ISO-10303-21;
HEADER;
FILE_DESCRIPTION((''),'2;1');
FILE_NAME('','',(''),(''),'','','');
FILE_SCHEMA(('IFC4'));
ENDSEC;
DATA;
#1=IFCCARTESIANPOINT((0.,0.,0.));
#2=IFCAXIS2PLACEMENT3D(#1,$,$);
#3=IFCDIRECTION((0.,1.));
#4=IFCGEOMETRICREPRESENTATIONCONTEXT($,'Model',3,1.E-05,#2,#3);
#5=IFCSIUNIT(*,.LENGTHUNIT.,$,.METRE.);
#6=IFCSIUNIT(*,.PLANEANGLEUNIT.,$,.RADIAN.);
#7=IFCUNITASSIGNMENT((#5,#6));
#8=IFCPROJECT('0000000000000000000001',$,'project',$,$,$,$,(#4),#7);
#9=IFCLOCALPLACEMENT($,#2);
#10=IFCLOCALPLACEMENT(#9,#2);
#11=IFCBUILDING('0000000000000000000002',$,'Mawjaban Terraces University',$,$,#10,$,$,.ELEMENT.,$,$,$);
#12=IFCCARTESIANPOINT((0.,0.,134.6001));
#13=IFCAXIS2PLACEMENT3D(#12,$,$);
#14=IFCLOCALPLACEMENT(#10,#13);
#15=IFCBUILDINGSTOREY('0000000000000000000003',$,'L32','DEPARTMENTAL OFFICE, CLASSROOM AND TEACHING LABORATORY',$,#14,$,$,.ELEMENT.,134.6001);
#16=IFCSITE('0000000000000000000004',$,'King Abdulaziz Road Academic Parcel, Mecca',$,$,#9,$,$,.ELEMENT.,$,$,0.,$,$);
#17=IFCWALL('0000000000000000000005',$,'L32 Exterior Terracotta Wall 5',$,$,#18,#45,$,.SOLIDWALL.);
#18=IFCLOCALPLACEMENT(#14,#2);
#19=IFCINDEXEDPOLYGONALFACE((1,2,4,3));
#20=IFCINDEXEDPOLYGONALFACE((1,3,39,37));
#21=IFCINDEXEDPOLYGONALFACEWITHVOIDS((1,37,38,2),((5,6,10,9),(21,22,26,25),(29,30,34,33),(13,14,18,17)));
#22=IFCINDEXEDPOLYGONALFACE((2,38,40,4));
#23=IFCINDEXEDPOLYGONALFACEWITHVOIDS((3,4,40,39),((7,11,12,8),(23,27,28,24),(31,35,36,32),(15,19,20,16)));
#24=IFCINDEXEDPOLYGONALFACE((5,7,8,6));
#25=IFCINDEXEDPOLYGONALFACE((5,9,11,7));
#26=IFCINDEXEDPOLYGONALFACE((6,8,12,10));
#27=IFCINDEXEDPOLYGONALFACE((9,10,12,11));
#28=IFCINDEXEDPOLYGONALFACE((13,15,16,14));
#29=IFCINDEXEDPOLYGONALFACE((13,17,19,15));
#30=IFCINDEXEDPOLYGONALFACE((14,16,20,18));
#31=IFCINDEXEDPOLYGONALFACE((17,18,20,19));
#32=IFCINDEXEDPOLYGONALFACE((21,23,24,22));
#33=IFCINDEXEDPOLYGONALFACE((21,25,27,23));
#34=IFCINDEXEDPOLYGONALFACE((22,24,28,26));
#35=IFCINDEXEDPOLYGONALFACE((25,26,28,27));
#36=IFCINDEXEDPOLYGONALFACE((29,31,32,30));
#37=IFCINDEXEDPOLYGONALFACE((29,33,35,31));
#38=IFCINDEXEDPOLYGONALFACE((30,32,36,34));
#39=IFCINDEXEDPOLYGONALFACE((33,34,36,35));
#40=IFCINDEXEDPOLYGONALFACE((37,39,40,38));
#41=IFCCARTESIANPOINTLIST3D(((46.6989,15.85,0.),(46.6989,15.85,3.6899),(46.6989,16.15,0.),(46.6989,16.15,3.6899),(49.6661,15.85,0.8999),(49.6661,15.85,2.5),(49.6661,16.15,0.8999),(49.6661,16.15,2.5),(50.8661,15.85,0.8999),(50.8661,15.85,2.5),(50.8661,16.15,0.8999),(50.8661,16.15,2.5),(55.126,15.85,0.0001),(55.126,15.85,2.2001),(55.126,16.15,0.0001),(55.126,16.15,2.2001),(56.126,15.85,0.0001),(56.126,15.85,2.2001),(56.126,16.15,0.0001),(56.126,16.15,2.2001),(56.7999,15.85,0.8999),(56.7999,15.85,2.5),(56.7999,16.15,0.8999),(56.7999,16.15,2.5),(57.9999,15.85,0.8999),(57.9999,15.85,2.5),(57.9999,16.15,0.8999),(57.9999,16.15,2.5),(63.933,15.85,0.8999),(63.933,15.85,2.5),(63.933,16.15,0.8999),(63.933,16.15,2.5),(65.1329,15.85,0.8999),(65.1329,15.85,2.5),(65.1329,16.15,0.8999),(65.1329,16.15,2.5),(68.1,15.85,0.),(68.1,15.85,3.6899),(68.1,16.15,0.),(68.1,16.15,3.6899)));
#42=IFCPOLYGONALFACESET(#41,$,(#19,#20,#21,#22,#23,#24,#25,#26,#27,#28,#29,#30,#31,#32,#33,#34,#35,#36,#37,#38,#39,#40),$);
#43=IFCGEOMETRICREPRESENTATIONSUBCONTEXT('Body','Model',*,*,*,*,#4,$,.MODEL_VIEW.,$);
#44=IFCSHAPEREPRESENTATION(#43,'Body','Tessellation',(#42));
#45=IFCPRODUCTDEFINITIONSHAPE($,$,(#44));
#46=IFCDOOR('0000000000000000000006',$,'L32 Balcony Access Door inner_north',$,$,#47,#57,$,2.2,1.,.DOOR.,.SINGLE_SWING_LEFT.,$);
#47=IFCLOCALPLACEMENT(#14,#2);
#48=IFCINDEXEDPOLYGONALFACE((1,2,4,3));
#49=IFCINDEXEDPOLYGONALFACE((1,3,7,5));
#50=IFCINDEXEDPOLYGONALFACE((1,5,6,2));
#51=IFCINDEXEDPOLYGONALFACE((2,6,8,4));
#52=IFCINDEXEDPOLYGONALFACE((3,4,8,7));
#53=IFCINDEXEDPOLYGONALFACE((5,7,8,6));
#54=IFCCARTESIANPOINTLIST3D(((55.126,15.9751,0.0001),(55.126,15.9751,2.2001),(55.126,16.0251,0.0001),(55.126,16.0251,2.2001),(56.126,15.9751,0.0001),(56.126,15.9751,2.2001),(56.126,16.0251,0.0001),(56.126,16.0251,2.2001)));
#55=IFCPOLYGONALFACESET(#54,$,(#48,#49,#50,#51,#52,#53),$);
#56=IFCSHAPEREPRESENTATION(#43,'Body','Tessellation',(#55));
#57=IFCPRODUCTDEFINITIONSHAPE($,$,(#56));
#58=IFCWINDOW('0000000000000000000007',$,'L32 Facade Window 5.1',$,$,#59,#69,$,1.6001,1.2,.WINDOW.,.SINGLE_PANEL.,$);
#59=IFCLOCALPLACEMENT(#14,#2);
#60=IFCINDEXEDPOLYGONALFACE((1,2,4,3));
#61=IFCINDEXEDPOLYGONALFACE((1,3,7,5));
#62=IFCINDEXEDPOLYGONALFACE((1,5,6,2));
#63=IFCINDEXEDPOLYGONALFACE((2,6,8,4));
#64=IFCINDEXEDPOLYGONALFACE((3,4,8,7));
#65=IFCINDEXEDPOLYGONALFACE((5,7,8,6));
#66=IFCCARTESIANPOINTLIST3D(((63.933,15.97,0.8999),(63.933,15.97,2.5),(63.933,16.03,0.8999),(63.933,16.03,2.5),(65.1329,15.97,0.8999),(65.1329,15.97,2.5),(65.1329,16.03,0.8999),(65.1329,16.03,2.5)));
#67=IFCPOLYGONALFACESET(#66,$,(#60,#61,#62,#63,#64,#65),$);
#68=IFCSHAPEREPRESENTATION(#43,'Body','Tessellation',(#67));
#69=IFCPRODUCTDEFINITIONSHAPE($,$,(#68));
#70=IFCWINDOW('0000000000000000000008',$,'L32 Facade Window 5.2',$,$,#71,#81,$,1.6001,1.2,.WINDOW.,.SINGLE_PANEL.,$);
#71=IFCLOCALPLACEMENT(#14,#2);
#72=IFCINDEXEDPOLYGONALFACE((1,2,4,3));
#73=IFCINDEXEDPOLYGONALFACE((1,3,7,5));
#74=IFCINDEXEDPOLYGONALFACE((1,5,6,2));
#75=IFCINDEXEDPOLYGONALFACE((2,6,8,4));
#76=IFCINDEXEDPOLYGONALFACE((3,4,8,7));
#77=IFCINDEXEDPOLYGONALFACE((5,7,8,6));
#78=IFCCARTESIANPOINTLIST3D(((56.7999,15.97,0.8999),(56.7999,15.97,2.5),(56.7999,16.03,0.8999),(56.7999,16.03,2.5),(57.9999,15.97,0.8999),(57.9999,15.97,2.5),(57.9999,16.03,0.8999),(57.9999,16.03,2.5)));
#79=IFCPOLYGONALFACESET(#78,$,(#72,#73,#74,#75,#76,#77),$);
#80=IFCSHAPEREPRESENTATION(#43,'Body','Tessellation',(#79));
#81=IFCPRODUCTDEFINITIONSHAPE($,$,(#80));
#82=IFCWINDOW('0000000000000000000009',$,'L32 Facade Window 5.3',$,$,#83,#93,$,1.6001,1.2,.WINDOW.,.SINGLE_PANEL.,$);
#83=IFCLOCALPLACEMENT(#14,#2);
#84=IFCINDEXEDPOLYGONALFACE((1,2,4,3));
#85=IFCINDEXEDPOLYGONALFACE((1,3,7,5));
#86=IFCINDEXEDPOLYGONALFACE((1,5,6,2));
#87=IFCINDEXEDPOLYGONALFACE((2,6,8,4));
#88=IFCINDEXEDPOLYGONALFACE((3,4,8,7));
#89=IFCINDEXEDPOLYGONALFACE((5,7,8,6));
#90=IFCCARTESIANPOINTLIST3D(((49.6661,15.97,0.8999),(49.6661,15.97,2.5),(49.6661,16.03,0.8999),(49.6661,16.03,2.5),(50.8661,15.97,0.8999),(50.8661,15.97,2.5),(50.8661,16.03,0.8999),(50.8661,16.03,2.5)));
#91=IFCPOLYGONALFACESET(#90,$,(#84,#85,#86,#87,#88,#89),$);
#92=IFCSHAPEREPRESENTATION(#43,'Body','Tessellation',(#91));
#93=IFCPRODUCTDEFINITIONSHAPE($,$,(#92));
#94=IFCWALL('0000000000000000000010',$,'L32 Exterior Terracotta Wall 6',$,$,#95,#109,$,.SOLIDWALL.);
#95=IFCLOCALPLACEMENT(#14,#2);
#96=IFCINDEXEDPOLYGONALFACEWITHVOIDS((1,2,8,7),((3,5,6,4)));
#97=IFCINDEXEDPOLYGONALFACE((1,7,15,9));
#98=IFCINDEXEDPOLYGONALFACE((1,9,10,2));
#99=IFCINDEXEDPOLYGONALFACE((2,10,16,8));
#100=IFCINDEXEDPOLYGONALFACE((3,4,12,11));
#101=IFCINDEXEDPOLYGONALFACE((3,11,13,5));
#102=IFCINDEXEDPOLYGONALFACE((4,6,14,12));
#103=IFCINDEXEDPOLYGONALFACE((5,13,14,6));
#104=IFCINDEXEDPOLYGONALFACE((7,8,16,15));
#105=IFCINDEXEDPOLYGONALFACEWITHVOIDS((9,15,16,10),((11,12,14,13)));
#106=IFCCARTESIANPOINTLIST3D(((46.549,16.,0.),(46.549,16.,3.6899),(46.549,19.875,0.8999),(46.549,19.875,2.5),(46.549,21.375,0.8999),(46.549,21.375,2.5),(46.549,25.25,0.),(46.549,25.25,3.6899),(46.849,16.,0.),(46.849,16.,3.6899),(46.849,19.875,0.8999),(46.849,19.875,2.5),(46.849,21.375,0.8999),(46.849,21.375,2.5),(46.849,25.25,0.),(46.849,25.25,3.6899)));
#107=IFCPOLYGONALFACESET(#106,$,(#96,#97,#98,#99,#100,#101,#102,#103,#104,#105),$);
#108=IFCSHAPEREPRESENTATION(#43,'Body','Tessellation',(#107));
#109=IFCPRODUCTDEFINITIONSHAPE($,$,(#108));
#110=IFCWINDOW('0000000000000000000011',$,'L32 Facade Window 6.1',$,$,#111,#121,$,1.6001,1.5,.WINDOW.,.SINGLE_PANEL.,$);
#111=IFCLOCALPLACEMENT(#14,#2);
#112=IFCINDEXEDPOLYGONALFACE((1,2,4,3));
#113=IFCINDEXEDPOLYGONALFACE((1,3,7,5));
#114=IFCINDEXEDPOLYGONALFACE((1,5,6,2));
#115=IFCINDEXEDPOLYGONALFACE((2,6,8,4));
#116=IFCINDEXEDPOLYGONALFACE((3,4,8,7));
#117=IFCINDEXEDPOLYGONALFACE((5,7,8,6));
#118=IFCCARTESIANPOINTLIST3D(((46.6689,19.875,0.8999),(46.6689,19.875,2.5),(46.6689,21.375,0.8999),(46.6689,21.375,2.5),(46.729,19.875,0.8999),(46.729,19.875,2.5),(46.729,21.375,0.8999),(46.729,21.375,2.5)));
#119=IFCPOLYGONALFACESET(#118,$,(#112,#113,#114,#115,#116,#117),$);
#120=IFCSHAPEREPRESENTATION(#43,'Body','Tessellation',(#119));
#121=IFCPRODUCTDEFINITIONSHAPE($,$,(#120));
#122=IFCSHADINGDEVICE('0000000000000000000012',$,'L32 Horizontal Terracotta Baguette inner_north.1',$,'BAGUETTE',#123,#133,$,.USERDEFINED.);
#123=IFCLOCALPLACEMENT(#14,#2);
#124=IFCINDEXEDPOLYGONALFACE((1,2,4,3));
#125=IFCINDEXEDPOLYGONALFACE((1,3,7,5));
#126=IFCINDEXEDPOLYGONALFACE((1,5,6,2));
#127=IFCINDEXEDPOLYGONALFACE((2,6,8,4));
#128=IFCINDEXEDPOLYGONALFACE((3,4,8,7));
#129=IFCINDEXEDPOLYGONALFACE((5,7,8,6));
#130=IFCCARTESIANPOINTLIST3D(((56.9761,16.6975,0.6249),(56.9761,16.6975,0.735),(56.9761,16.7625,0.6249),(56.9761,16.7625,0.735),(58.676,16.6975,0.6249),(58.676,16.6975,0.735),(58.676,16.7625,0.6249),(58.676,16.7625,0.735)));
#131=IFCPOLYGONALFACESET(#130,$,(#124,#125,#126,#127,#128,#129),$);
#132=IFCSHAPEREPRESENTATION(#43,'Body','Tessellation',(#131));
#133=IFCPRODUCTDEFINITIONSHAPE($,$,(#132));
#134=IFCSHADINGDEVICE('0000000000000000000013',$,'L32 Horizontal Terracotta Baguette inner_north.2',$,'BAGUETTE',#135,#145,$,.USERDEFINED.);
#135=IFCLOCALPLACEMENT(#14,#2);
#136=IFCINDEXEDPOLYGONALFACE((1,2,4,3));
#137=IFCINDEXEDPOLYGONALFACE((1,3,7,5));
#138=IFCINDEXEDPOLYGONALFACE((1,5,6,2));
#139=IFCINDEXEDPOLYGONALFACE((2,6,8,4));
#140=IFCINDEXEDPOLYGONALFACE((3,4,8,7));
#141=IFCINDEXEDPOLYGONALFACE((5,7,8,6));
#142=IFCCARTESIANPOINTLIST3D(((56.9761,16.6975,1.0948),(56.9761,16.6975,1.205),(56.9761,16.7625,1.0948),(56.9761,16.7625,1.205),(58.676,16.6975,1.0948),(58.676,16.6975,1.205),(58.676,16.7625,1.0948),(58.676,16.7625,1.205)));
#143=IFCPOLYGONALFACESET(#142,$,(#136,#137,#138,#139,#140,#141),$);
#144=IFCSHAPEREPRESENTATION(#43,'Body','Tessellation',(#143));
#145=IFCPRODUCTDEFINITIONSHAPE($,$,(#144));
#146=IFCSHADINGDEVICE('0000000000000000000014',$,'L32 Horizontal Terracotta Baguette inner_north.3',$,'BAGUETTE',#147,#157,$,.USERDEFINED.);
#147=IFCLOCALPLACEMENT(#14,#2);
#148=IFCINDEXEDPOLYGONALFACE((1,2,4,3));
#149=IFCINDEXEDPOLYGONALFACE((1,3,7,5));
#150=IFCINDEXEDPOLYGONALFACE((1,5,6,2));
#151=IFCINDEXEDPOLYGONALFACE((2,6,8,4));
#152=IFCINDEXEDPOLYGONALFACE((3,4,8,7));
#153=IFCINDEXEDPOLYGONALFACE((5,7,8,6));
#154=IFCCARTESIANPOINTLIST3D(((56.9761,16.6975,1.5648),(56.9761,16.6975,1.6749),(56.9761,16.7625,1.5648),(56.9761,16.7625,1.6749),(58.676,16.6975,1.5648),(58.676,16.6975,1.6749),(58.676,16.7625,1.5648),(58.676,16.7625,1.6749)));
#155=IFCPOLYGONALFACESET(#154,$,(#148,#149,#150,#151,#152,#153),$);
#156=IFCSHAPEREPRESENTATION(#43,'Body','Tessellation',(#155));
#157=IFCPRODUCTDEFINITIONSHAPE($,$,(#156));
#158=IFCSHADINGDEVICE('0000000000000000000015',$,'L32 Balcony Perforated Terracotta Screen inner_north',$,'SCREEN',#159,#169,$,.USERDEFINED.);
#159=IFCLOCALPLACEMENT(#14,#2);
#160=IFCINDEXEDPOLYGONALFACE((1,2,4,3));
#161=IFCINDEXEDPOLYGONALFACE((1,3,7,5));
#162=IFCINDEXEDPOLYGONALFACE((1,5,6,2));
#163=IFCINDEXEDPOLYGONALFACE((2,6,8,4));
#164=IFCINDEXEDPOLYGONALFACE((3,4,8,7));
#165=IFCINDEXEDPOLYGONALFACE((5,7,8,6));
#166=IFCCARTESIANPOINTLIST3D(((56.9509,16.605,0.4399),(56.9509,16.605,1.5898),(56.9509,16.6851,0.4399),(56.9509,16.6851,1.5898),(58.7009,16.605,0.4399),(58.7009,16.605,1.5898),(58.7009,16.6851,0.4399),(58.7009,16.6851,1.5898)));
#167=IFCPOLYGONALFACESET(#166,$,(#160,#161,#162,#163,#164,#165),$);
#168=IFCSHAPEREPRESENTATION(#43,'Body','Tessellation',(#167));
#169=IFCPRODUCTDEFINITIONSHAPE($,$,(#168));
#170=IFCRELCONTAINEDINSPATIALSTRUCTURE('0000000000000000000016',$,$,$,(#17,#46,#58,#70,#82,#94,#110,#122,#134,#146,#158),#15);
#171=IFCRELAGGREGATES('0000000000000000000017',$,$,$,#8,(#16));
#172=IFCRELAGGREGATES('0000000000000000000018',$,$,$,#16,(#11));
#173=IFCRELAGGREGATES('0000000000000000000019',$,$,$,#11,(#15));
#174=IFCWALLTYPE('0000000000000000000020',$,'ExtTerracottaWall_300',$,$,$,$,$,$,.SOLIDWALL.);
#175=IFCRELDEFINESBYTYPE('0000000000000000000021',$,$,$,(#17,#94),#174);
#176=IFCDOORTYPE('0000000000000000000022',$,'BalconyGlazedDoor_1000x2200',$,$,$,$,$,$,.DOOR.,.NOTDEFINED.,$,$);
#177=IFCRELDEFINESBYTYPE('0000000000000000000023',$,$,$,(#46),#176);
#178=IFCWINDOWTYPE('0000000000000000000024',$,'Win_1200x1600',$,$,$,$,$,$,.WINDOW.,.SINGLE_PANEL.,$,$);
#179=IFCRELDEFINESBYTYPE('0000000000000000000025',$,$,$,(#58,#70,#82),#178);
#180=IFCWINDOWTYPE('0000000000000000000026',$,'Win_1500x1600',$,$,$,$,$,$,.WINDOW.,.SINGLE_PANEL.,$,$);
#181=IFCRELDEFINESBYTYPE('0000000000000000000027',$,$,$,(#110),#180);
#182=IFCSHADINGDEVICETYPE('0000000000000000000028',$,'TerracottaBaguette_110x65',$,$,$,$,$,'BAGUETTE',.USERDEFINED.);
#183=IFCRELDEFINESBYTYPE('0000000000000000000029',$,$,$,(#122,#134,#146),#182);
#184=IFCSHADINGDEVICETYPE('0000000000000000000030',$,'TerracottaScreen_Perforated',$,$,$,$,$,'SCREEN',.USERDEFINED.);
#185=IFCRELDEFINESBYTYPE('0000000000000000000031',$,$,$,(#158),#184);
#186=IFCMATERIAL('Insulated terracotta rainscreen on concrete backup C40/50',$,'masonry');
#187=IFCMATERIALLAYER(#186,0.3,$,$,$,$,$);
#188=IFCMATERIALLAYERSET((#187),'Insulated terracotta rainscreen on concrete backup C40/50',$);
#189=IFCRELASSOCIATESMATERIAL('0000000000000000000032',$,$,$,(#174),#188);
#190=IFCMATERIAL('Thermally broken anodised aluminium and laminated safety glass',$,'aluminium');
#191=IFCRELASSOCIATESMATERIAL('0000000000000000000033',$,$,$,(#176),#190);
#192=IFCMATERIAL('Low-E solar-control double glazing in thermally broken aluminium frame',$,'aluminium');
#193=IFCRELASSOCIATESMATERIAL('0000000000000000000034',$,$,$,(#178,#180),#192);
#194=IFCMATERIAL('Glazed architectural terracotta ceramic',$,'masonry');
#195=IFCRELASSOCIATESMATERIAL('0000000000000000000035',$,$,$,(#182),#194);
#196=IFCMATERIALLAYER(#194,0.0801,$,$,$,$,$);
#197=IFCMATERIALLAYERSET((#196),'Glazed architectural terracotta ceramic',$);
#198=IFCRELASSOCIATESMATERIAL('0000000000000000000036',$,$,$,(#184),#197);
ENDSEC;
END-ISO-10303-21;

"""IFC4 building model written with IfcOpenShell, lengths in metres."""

from ifc_helpers import new_model, si_unit, direction, frame, frame_2d, origin, origin_2d, place, context, subcontext, project, spatial, rectangle, extrude, material, layer, layer_set, material_profile, profile_set, type_object, element, fill, save


model = new_model("IFC4")

# Units and contexts
model_context = context("Model", 3, precision=1e-05, world=origin(), true_north=direction((0.0, 1.0)))
body_context = subcontext(model_context, "Body", "Model", "MODEL_VIEW")
ifc_project = project(units=[si_unit("LENGTHUNIT", "METRE"), si_unit("PLANEANGLEUNIT", "RADIAN")], contexts=[model_context])

# Site, building, storey
site_placement = place(None, origin())
site = spatial("IfcSite", under=ifc_project, at=site_placement, Name="King Abdulaziz Road Academic Parcel, Mecca", CompositionType="ELEMENT", RefElevation=0.0)
building_placement = place(site_placement, origin())
building = spatial("IfcBuilding", under=site, at=building_placement, Name="Mawjaban Terraces University", CompositionType="ELEMENT")
storey_placement = place(building_placement, frame((0.0, 0.0, 134.6001)))
storey = spatial("IfcBuildingStorey", under=building, at=storey_placement, Name="L32", Description="DEPARTMENTAL OFFICE, CLASSROOM AND TEACHING LABORATORY", CompositionType="ELEMENT", Elevation=134.6001)

# Wall, openings, door, windows
ifc_material_1 = material(Name="Insulated terracotta rainscreen on concrete backup C40/50", Category="masonry")
ifc_layer_1 = layer(ifc_material_1, 0.3)
ifc_layer_set_1 = layer_set([ifc_layer_1], Name="Insulated terracotta rainscreen on concrete backup C40/50")
wall_type = type_object("IfcWallType", Name="ExtTerracottaWall_300", PredefinedType="SOLIDWALL", material=ifc_layer_set_1)
wall_1_placement = place(storey_placement, frame((68.1001, 16.0, 0.0), z_axis=(0.0, 0.0, 1.0), x_axis=(-1.0, 0.0, 0.0)))
wall_1 = element("IfcWall", 1, at=wall_1_placement, inside=storey, type_object=wall_type, Name="L32 Exterior Terracotta Wall 5", PredefinedType="SOLIDWALL", context=body_context, shape_type="SweptSolid", body=[
    extrude(rectangle(XDim=21.4011, YDim=0.3, at=frame_2d((10.7007, 0.0))), origin(), (0.0, 0.0, 1.0), 3.6899),
])
opening_1_placement = place(wall_1_placement, frame((11.9741, 0.0, 0.0)))
opening_1 = element("IfcOpeningElement", 2, at=opening_1_placement, cuts=wall_1, PredefinedType="OPENING", context=body_context, shape_type="SweptSolid", body=[
    extrude(rectangle(XDim=1.0, YDim=2.2, at=frame_2d((0.5, 1.1001))), frame((0.0, 0.1599, 0.0), z_axis=(0.0, -1.0, 0.0), x_axis=(1.0, 0.0, 0.0)), (0.0, 0.0, 1.0), 0.3201),
])
opening_2_placement = place(wall_1_placement, frame((2.967, 0.0, 0.8999)))
opening_2 = element("IfcOpeningElement", 3, at=opening_2_placement, cuts=wall_1, PredefinedType="OPENING", context=body_context, shape_type="SweptSolid", body=[
    extrude(rectangle(XDim=1.2, YDim=1.6001, at=frame_2d((0.6001, 0.8))), frame((0.0, 0.1599, 0.0), z_axis=(0.0, -1.0, 0.0), x_axis=(1.0, 0.0, 0.0)), (0.0, 0.0, 1.0), 0.3201),
])
opening_3_placement = place(wall_1_placement, frame((10.1001, 0.0, 0.8999)))
opening_3 = element("IfcOpeningElement", 4, at=opening_3_placement, cuts=wall_1, PredefinedType="OPENING", context=body_context, shape_type="SweptSolid", body=[
    extrude(rectangle(XDim=1.2, YDim=1.6001, at=frame_2d((0.6001, 0.8))), frame((0.0, 0.1599, 0.0), z_axis=(0.0, -1.0, 0.0), x_axis=(1.0, 0.0, 0.0)), (0.0, 0.0, 1.0), 0.3201),
])
opening_4_placement = place(wall_1_placement, frame((17.2339, 0.0, 0.8999)))
opening_4 = element("IfcOpeningElement", 5, at=opening_4_placement, cuts=wall_1, PredefinedType="OPENING", context=body_context, shape_type="SweptSolid", body=[
    extrude(rectangle(XDim=1.2, YDim=1.6001, at=frame_2d((0.6001, 0.8))), frame((0.0, 0.1599, 0.0), z_axis=(0.0, -1.0, 0.0), x_axis=(1.0, 0.0, 0.0)), (0.0, 0.0, 1.0), 0.3201),
])
ifc_material_2 = material(Name="Thermally broken anodised aluminium and laminated safety glass", Category="aluminium")
door_type = type_object("IfcDoorType", Name="BalconyGlazedDoor_1000x2200", OperationType="NOTDEFINED", PredefinedType="DOOR", material=ifc_material_2)
door_placement = place(opening_1_placement, origin())
door = element("IfcDoor", 6, at=door_placement, inside=storey, type_object=door_type, Name="L32 Balcony Access Door inner_north", OperationType="SINGLE_SWING_LEFT", OverallHeight=2.2, OverallWidth=1.0, PredefinedType="DOOR", context=body_context, shape_type="SweptSolid", body=[
    extrude(rectangle(XDim=1.0, YDim=2.2, at=frame_2d((0.5, 1.1001))), frame((0.0, 0.0249, 0.0), z_axis=(0.0, -1.0, 0.0), x_axis=(1.0, 0.0, 0.0)), (0.0, 0.0, 1.0), 0.05),
])
fill(opening_1, door)
ifc_material_3 = material(Name="Low-E solar-control double glazing in thermally broken aluminium frame", Category="aluminium")
window_type_1 = type_object("IfcWindowType", Name="Win_1200x1600", PartitioningType="SINGLE_PANEL", PredefinedType="WINDOW", material=ifc_material_3)
window_1_placement = place(opening_2_placement, origin())
window_1 = element("IfcWindow", 7, at=window_1_placement, inside=storey, type_object=window_type_1, Name="L32 Facade Window 5.1", OverallHeight=1.6001, OverallWidth=1.2, PartitioningType="SINGLE_PANEL", PredefinedType="WINDOW", context=body_context, shape_type="SweptSolid", body=[
    extrude(rectangle(XDim=1.2, YDim=1.6001, at=frame_2d((0.6001, 0.8))), frame((0.0, 0.03, 0.0), z_axis=(0.0, -1.0, 0.0), x_axis=(1.0, 0.0, 0.0)), (0.0, 0.0, 1.0), 0.0601),
])
fill(opening_2, window_1)
window_2_placement = place(opening_3_placement, origin())
window_2 = element("IfcWindow", 8, at=window_2_placement, inside=storey, type_object=window_type_1, Name="L32 Facade Window 5.2", OverallHeight=1.6001, OverallWidth=1.2, PartitioningType="SINGLE_PANEL", PredefinedType="WINDOW", context=body_context, shape_type="SweptSolid", body=[
    extrude(rectangle(XDim=1.2, YDim=1.6001, at=frame_2d((0.6001, 0.8))), frame((0.0, 0.03, 0.0), z_axis=(0.0, -1.0, 0.0), x_axis=(1.0, 0.0, 0.0)), (0.0, 0.0, 1.0), 0.0601),
])
fill(opening_3, window_2)
window_3_placement = place(opening_4_placement, origin())
window_3 = element("IfcWindow", 9, at=window_3_placement, inside=storey, type_object=window_type_1, Name="L32 Facade Window 5.3", OverallHeight=1.6001, OverallWidth=1.2, PartitioningType="SINGLE_PANEL", PredefinedType="WINDOW", context=body_context, shape_type="SweptSolid", body=[
    extrude(rectangle(XDim=1.2, YDim=1.6001, at=frame_2d((0.6001, 0.8))), frame((0.0, 0.03, 0.0), z_axis=(0.0, -1.0, 0.0), x_axis=(1.0, 0.0, 0.0)), (0.0, 0.0, 1.0), 0.0601),
])
fill(opening_4, window_3)

# Wall, opening, window
wall_2_placement = place(storey_placement, frame((46.699, 16.0, 0.0), z_axis=(0.0, 0.0, 1.0), x_axis=(0.0, 1.0, 0.0)))
wall_2 = element("IfcWall", 10, at=wall_2_placement, inside=storey, type_object=wall_type, Name="L32 Exterior Terracotta Wall 6", PredefinedType="SOLIDWALL", context=body_context, shape_type="SweptSolid", body=[
    extrude(rectangle(XDim=9.25, YDim=0.3, at=frame_2d((4.625, 0.0))), origin(), (0.0, 0.0, 1.0), 3.6899),
])
opening_5_placement = place(wall_2_placement, frame((3.875, 0.0, 0.8999)))
opening_5 = element("IfcOpeningElement", 11, at=opening_5_placement, cuts=wall_2, PredefinedType="OPENING", context=body_context, shape_type="SweptSolid", body=[
    extrude(rectangle(XDim=1.5, YDim=1.6001, at=frame_2d((0.75, 0.8))), frame((0.0, 0.1599, 0.0), z_axis=(0.0, -1.0, 0.0), x_axis=(1.0, 0.0, 0.0)), (0.0, 0.0, 1.0), 0.3201),
])
window_type_2 = type_object("IfcWindowType", Name="Win_1500x1600", PartitioningType="SINGLE_PANEL", PredefinedType="WINDOW", material=ifc_material_3)
window_4_placement = place(opening_5_placement, origin())
window_4 = element("IfcWindow", 12, at=window_4_placement, inside=storey, type_object=window_type_2, Name="L32 Facade Window 6.1", OverallHeight=1.6001, OverallWidth=1.5, PartitioningType="SINGLE_PANEL", PredefinedType="WINDOW", context=body_context, shape_type="SweptSolid", body=[
    extrude(rectangle(XDim=1.5, YDim=1.6001, at=frame_2d((0.75, 0.8))), frame((0.0, 0.03, 0.0), z_axis=(0.0, -1.0, 0.0), x_axis=(1.0, 0.0, 0.0)), (0.0, 0.0, 1.0), 0.0601),
])
fill(opening_5, window_4)

# Shading devices
ifc_material_4 = material(Name="Glazed architectural terracotta ceramic", Category="masonry")
ifc_material_profile_1 = material_profile(ifc_material_4, rectangle(XDim=0.0649, YDim=0.1101, at=origin_2d()), Name="TBAG110X65")
ifc_profile_set_1 = profile_set([ifc_material_profile_1], Name="Glazed architectural terracotta ceramic")
shading_device_type_1 = type_object("IfcShadingDeviceType", Name="TerracottaBaguette_110x65", ElementType="BAGUETTE", PredefinedType="USERDEFINED", material=ifc_profile_set_1)
for number, where, z_axis, x_axis, name in (
    (13, (56.9761, 16.73, 0.6799), (1.0, 0.0, 0.0), (0.0, 1.0, 0.0), "L32 Horizontal Terracotta Baguette inner_north.1"),
    (14, (56.9761, 16.73, 1.1499), (1.0, 0.0, 0.0), (0.0, 1.0, 0.0), "L32 Horizontal Terracotta Baguette inner_north.2"),
    (15, (56.9761, 16.73, 1.6199), (1.0, 0.0, 0.0), (0.0, 1.0, 0.0), "L32 Horizontal Terracotta Baguette inner_north.3"),
):
    element("IfcShadingDevice", number, at=place(storey_placement, frame(where, z_axis=z_axis, x_axis=x_axis)), inside=storey, type_object=shading_device_type_1, Name=name, ObjectType="BAGUETTE", PredefinedType="USERDEFINED", context=body_context, shape_type="SweptSolid", body=[
        extrude(rectangle(XDim=0.0649, YDim=0.1101, at=origin_2d()), origin(), (0.0, 0.0, 1.0), 1.7),
    ])
ifc_layer_2 = layer(ifc_material_4, 0.0801)
ifc_layer_set_2 = layer_set([ifc_layer_2], Name="Glazed architectural terracotta ceramic")
shading_device_type_2 = type_object("IfcShadingDeviceType", Name="TerracottaScreen_Perforated", ElementType="SCREEN", PredefinedType="USERDEFINED", material=ifc_layer_set_2)
shading_device_placement = place(storey_placement, frame((57.8259, 16.645, 0.4399), z_axis=(0.0, 0.0, 1.0), x_axis=(1.0, 0.0, 0.0)))
element("IfcShadingDevice", 16, at=shading_device_placement, inside=storey, type_object=shading_device_type_2, Name="L32 Balcony Perforated Terracotta Screen inner_north", ObjectType="SCREEN", PredefinedType="USERDEFINED", context=body_context, shape_type="SweptSolid", body=[
    extrude(rectangle(XDim=1.75, YDim=0.0801, at=origin_2d()), origin(), (0.0, 0.0, 1.0), 1.1499),
])

save(model, "model.ifc")
